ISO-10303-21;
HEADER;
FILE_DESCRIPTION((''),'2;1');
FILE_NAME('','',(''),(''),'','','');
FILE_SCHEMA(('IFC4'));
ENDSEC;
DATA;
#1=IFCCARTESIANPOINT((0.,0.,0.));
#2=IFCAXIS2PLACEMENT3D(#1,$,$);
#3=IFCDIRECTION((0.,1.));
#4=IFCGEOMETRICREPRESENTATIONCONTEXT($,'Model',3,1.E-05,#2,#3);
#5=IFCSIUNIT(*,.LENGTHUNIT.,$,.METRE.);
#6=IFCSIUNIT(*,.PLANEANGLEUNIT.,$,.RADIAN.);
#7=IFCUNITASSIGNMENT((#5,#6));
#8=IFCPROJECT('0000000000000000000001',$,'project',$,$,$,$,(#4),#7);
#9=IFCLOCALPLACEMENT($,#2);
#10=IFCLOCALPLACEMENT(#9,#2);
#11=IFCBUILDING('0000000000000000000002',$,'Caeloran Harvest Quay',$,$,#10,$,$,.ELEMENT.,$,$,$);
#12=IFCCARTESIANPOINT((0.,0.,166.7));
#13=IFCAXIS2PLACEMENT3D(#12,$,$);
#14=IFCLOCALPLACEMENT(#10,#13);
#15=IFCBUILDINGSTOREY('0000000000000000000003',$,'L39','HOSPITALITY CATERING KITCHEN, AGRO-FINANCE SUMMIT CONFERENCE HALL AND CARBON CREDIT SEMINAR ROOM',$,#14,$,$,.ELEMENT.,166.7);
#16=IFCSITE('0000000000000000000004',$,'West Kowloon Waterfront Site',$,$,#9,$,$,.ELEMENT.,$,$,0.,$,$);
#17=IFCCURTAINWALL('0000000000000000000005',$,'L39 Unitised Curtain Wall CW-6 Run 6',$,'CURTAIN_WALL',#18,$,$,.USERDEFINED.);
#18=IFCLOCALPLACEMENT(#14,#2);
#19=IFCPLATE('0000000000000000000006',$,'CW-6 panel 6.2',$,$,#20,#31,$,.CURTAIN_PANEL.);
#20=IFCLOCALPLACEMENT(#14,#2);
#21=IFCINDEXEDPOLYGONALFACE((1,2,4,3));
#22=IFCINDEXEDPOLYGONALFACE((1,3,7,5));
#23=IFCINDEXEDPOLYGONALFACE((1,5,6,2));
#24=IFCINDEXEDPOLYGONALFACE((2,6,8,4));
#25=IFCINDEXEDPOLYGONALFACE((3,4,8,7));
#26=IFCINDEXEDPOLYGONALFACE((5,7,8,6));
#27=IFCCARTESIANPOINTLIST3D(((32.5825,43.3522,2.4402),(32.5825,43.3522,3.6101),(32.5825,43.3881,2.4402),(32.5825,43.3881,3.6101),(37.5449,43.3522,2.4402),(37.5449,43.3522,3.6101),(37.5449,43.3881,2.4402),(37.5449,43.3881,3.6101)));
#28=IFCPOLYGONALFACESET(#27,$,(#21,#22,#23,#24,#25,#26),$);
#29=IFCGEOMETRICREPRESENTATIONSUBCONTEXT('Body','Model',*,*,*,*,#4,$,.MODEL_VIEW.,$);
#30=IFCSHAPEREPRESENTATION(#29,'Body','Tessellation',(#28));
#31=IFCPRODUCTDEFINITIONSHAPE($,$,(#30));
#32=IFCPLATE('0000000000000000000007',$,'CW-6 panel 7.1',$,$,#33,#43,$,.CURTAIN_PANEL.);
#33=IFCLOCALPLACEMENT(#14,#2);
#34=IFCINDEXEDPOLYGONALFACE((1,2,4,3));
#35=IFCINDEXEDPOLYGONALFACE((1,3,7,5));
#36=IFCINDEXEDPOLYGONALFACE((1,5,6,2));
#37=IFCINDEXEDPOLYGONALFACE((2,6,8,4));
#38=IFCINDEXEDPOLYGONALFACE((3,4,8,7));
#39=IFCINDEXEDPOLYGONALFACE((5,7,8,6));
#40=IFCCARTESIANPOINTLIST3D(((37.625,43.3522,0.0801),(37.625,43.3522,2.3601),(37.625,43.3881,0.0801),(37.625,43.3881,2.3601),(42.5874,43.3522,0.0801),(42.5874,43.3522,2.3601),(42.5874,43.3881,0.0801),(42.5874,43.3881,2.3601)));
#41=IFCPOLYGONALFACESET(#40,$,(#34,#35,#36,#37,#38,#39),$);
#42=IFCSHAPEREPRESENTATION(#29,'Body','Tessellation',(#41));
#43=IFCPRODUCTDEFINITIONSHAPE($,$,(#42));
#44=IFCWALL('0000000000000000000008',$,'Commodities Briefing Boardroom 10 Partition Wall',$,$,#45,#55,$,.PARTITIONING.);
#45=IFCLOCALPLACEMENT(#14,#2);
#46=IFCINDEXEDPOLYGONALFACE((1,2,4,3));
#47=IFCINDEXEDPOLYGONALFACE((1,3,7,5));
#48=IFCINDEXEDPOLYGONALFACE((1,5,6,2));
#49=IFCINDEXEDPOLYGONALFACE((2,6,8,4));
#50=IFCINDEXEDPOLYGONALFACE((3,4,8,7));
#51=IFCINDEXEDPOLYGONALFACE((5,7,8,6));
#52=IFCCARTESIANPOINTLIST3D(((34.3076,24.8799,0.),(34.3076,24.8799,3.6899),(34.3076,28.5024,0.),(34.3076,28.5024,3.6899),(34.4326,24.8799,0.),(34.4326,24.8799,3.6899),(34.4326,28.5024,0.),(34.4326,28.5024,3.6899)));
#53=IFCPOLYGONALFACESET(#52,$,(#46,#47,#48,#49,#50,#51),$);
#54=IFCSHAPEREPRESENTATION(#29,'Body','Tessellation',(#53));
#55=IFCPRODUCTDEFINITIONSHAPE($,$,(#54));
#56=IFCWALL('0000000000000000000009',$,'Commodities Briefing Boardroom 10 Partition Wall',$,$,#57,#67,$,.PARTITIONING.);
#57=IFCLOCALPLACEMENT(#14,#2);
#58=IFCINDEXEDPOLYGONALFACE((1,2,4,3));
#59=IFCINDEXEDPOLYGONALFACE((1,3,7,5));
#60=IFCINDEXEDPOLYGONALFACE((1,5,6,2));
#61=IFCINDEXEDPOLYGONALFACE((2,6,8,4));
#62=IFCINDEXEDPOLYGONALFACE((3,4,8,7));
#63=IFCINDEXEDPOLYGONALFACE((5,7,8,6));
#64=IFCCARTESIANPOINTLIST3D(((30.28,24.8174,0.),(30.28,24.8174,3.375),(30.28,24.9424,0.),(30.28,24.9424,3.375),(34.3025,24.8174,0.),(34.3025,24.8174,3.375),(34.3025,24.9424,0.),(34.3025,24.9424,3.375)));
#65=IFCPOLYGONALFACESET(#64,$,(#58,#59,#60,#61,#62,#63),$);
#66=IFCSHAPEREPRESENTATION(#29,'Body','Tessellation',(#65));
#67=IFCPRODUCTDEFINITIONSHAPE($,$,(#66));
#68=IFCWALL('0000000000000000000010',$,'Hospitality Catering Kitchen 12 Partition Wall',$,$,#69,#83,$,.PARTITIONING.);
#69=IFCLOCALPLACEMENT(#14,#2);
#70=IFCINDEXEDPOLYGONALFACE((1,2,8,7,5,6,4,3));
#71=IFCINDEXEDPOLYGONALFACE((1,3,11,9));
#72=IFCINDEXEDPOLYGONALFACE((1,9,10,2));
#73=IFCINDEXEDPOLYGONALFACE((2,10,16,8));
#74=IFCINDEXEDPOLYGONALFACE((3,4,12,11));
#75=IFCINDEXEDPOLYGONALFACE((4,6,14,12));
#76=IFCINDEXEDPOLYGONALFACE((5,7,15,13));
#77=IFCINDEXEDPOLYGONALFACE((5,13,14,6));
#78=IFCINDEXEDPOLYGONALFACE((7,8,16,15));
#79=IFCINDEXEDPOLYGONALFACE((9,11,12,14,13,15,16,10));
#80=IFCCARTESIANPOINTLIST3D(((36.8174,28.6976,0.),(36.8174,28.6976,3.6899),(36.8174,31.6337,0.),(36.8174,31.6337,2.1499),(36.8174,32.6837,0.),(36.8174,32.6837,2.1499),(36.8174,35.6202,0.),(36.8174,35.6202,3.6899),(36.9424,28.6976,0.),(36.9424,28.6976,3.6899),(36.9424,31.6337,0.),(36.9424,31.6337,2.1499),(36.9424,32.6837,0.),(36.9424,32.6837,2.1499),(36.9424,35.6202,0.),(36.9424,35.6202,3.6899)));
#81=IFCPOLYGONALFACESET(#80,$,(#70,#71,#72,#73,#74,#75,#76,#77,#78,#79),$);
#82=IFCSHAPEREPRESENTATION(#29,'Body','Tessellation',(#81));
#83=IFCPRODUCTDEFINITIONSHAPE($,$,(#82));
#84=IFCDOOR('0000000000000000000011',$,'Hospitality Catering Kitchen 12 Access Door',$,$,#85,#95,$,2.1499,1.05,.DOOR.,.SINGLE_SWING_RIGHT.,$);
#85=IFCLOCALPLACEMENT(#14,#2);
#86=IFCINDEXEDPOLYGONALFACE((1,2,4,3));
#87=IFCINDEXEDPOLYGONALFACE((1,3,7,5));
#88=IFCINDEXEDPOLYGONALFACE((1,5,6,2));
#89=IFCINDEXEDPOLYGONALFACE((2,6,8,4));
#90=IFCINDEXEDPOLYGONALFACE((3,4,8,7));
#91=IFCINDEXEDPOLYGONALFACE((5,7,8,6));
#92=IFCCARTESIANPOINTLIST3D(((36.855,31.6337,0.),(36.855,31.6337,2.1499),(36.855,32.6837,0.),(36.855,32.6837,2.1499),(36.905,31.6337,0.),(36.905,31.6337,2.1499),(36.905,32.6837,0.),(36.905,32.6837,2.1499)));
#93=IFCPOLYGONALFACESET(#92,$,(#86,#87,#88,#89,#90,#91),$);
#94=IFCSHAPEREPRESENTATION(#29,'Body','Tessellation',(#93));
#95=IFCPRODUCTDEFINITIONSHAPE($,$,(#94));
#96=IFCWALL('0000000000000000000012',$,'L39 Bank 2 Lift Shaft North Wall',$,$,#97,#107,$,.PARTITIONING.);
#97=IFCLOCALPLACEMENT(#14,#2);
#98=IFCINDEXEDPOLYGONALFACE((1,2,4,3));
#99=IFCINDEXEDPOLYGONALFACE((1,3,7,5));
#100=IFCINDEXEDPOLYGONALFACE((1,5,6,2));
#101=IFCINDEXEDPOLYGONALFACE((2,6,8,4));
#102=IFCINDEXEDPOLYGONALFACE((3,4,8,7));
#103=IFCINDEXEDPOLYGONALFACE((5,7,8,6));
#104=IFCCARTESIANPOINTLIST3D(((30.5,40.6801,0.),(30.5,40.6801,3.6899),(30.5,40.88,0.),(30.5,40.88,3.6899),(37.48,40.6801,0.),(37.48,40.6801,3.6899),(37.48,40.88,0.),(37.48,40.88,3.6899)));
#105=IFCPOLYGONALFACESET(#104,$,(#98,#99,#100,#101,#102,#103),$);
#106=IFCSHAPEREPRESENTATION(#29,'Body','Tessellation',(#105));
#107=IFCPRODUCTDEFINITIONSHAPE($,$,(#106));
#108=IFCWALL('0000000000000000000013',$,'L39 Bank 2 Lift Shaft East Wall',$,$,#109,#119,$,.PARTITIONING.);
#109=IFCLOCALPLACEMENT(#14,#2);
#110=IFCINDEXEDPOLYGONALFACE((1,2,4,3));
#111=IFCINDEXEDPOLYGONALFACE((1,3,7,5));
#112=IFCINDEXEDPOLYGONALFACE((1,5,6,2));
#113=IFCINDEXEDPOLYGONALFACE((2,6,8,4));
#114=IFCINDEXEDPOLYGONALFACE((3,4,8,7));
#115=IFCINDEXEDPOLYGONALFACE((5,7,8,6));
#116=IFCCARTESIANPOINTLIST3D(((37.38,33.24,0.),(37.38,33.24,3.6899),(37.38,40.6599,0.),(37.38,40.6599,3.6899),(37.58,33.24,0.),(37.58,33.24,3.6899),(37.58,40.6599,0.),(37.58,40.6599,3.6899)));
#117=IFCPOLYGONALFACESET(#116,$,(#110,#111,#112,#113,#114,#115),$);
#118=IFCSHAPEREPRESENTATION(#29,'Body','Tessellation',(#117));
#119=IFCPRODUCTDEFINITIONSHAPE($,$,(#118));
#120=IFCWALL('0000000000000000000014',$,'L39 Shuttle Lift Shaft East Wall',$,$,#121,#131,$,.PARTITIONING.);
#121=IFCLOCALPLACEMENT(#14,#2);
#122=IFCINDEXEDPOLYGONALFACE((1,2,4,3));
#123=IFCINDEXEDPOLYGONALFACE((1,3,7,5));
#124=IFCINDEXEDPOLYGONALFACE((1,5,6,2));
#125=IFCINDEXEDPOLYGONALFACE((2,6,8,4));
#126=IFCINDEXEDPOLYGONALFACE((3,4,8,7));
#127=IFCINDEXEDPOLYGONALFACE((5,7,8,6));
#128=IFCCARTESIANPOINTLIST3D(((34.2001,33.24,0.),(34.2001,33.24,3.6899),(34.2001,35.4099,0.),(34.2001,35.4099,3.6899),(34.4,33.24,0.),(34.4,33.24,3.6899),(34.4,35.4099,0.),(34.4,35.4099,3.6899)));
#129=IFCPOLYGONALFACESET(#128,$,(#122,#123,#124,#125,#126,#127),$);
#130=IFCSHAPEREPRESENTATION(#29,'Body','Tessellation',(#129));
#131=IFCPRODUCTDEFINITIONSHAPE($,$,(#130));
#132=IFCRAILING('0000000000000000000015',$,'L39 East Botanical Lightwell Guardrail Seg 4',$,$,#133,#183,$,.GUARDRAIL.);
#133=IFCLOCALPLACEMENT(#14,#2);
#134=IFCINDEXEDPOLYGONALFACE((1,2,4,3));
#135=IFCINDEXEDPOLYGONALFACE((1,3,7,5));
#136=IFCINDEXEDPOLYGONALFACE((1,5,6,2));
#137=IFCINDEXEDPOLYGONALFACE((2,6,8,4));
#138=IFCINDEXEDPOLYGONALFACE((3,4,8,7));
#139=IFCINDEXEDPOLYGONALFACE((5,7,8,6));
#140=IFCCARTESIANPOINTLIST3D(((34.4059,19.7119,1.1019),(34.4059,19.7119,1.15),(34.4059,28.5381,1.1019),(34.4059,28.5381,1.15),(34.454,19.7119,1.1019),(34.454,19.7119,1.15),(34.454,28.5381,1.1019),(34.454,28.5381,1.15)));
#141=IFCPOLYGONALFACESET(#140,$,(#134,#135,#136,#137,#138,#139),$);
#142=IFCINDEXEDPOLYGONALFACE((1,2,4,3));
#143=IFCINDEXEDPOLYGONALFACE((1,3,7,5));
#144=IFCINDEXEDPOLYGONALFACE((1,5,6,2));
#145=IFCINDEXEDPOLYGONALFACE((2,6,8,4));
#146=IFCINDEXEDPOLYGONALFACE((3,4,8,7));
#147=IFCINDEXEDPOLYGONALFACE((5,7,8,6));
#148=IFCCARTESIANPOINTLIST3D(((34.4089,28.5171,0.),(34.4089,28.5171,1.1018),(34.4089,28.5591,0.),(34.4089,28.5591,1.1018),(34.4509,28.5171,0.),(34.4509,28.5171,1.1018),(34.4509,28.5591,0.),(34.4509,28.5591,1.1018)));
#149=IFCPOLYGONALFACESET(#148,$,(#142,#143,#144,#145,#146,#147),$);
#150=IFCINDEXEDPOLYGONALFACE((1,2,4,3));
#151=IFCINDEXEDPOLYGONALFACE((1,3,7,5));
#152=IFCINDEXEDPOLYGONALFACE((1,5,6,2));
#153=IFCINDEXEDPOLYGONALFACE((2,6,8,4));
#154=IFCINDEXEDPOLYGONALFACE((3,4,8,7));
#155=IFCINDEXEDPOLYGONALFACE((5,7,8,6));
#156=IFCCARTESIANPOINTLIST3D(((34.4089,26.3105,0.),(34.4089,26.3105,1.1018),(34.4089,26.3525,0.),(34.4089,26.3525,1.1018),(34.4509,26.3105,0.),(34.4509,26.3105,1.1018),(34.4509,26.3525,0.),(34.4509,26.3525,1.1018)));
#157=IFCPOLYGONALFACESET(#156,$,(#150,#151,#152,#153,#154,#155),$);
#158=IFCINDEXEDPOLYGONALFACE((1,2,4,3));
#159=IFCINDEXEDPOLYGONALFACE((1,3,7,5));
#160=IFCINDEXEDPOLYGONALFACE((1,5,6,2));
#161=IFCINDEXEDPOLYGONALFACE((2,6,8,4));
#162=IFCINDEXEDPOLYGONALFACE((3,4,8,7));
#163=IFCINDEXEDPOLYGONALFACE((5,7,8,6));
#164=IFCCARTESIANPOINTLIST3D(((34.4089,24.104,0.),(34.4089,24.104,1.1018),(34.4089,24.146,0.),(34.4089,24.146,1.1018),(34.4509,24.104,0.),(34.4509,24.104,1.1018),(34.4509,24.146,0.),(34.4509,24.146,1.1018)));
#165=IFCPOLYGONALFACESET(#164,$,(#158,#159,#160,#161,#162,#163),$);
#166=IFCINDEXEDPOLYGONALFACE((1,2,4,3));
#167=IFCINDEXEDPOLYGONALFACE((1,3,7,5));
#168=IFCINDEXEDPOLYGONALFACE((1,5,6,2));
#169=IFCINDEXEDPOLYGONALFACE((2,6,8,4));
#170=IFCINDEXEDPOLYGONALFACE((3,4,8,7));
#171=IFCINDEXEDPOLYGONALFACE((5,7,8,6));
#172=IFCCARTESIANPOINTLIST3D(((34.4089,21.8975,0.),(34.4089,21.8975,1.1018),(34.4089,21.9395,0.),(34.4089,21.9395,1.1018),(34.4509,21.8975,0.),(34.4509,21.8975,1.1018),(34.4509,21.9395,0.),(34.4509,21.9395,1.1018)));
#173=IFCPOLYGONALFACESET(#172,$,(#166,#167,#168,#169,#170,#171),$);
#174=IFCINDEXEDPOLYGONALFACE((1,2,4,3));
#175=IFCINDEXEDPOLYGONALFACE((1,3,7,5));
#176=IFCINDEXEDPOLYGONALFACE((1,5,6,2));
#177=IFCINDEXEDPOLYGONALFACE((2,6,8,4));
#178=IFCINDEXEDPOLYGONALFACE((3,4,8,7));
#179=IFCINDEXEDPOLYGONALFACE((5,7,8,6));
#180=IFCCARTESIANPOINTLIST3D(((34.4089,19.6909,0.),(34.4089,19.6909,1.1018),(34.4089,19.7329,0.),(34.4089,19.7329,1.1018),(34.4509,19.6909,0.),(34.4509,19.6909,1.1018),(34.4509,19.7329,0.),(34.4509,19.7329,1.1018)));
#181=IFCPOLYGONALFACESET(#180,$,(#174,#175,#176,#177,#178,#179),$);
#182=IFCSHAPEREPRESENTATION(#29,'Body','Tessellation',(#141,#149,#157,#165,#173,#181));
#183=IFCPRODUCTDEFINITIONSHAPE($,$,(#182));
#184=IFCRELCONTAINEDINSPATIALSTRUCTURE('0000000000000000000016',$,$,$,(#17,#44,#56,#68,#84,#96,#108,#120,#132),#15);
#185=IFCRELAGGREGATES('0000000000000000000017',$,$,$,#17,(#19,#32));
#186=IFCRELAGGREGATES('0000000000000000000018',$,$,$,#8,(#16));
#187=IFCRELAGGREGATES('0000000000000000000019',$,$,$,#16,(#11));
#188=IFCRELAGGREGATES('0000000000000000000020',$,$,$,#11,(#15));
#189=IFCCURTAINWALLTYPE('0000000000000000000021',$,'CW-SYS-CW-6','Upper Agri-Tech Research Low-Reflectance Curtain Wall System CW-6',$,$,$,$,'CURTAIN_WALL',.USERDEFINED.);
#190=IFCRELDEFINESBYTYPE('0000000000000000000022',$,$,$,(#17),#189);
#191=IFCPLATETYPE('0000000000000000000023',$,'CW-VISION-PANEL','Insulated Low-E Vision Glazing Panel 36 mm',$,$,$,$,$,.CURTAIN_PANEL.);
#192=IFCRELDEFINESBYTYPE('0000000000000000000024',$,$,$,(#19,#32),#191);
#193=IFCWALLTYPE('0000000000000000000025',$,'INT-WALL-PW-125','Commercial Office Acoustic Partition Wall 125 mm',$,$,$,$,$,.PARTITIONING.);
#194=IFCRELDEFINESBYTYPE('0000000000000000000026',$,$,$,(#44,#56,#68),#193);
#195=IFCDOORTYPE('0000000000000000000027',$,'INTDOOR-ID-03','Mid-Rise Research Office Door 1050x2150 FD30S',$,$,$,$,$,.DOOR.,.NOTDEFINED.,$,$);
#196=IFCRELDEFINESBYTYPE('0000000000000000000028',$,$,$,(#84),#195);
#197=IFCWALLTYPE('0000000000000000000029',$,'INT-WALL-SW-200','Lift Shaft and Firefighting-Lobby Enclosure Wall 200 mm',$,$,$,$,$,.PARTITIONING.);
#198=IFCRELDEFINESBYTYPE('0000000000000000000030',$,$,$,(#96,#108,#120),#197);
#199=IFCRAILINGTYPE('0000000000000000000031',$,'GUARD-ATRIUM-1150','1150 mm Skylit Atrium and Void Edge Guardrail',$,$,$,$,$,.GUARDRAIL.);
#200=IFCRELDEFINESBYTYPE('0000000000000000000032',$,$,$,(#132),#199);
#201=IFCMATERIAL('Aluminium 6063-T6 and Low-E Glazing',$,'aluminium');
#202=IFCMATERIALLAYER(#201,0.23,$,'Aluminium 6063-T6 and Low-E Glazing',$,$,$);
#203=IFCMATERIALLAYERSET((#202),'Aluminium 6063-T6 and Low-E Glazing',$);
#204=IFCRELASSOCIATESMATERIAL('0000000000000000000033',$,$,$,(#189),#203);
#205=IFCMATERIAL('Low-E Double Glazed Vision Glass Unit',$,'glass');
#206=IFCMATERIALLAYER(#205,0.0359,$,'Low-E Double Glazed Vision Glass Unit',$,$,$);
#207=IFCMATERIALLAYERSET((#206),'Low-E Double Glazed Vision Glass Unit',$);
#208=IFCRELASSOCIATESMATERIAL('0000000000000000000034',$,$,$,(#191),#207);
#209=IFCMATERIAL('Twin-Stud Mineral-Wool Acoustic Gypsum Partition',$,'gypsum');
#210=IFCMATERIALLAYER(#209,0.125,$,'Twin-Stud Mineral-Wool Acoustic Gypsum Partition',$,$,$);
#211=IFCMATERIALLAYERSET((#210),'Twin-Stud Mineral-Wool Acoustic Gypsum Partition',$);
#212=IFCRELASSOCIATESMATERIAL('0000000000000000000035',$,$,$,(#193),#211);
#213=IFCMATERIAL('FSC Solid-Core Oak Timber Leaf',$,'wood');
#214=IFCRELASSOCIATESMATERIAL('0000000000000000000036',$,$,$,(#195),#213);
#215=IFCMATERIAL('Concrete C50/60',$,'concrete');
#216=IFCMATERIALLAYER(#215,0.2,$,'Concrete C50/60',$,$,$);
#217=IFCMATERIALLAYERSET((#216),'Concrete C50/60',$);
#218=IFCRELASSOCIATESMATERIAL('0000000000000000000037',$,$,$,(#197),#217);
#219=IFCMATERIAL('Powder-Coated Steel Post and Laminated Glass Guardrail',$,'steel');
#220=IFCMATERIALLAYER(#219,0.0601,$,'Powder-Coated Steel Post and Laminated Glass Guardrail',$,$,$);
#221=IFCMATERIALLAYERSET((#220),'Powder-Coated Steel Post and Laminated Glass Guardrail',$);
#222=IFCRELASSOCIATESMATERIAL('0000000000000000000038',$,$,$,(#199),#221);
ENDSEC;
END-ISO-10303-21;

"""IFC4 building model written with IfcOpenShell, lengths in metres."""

from ifc_helpers import new_model, si_unit, direction, frame, frame_2d, origin, origin_2d, place, context, subcontext, project, spatial, rectangle, extrude, material, layer, layer_set, type_object, element, fill, aggregate, save


model = new_model("IFC4")

# Units and contexts
model_context = context("Model", 3, precision=1e-05, world=origin(), true_north=direction((0.0, 1.0)))
body_context = subcontext(model_context, "Body", "Model", "MODEL_VIEW")
ifc_project = project(units=[si_unit("LENGTHUNIT", "METRE"), si_unit("PLANEANGLEUNIT", "RADIAN")], contexts=[model_context])

# Site, building, storey
site_placement = place(None, origin())
site = spatial("IfcSite", under=ifc_project, at=site_placement, Name="West Kowloon Waterfront Site", CompositionType="ELEMENT", RefElevation=0.0)
building_placement = place(site_placement, origin())
building = spatial("IfcBuilding", under=site, at=building_placement, Name="Caeloran Harvest Quay", CompositionType="ELEMENT")
storey_placement = place(building_placement, frame((0.0, 0.0, 166.7)))
storey = spatial("IfcBuildingStorey", under=building, at=storey_placement, Name="L39", Description="HOSPITALITY CATERING KITCHEN, AGRO-FINANCE SUMMIT CONFERENCE HALL AND CARBON CREDIT SEMINAR ROOM", CompositionType="ELEMENT", Elevation=166.7)

# Curtain wall, plates
ifc_material_1 = material(Name="Aluminium 6063-T6 and Low-E Glazing", Category="aluminium")
ifc_layer_1 = layer(ifc_material_1, 0.23, Name="Aluminium 6063-T6 and Low-E Glazing")
ifc_layer_set_1 = layer_set([ifc_layer_1], Name="Aluminium 6063-T6 and Low-E Glazing")
curtain_wall_type = type_object("IfcCurtainWallType", Name="CW-SYS-CW-6", Description="Upper Agri-Tech Research Low-Reflectance Curtain Wall System CW-6", ElementType="CURTAIN_WALL", PredefinedType="USERDEFINED", material=ifc_layer_set_1)
curtain_wall_placement = place(storey_placement, origin())
curtain_wall = element("IfcCurtainWall", 1, at=curtain_wall_placement, inside=storey, type_object=curtain_wall_type, Name="L39 Unitised Curtain Wall CW-6 Run 6", ObjectType="CURTAIN_WALL", PredefinedType="USERDEFINED")
ifc_material_2 = material(Name="Low-E Double Glazed Vision Glass Unit", Category="glass")
ifc_layer_2 = layer(ifc_material_2, 0.0359, Name="Low-E Double Glazed Vision Glass Unit")
ifc_layer_set_2 = layer_set([ifc_layer_2], Name="Low-E Double Glazed Vision Glass Unit")
plate_type = type_object("IfcPlateType", Name="CW-VISION-PANEL", Description="Insulated Low-E Vision Glazing Panel 36 mm", PredefinedType="CURTAIN_PANEL", material=ifc_layer_set_2)
plate_1_placement = place(storey_placement, frame((35.0637, 43.3701, 2.4402), z_axis=(0.0, 0.0, 1.0), x_axis=(1.0, 0.0, 0.0)))
plate_1 = element("IfcPlate", 2, at=plate_1_placement, type_object=plate_type, Name="CW-6 panel 6.2", PredefinedType="CURTAIN_PANEL", context=body_context, shape_type="SweptSolid", body=[
    extrude(rectangle(XDim=4.9624, YDim=0.0359, at=origin_2d()), origin(), (0.0, 0.0, 1.0), 1.1699),
])
plate_2_placement = place(storey_placement, frame((40.1062, 43.3701, 0.0801), z_axis=(0.0, 0.0, 1.0), x_axis=(1.0, 0.0, 0.0)))
plate_2 = element("IfcPlate", 3, at=plate_2_placement, type_object=plate_type, Name="CW-6 panel 7.1", PredefinedType="CURTAIN_PANEL", context=body_context, shape_type="SweptSolid", body=[
    extrude(rectangle(XDim=4.9624, YDim=0.0359, at=origin_2d()), origin(), (0.0, 0.0, 1.0), 2.28),
])
aggregate(curtain_wall, [plate_1, plate_2])

# Walls
ifc_material_3 = material(Name="Twin-Stud Mineral-Wool Acoustic Gypsum Partition", Category="gypsum")
ifc_layer_3 = layer(ifc_material_3, 0.125, Name="Twin-Stud Mineral-Wool Acoustic Gypsum Partition")
ifc_layer_set_3 = layer_set([ifc_layer_3], Name="Twin-Stud Mineral-Wool Acoustic Gypsum Partition")
wall_type_1 = type_object("IfcWallType", Name="INT-WALL-PW-125", Description="Commercial Office Acoustic Partition Wall 125 mm", PredefinedType="PARTITIONING", material=ifc_layer_set_3)
wall_1_placement = place(storey_placement, frame((34.3701, 28.5024, 0.0), z_axis=(0.0, 0.0, 1.0), x_axis=(0.0, -1.0, 0.0)))
element("IfcWall", 4, at=wall_1_placement, inside=storey, type_object=wall_type_1, Name="Commodities Briefing Boardroom 10 Partition Wall", PredefinedType="PARTITIONING", context=body_context, shape_type="SweptSolid", body=[
    extrude(rectangle(XDim=3.6226, YDim=0.125, at=frame_2d((1.8113, 0.0))), origin(), (0.0, 0.0, 1.0), 3.6899),
])
wall_2_placement = place(storey_placement, frame((34.3025, 24.8799, 0.0), z_axis=(0.0, 0.0, 1.0), x_axis=(-1.0, 0.0, 0.0)))
element("IfcWall", 5, at=wall_2_placement, inside=storey, type_object=wall_type_1, Name="Commodities Briefing Boardroom 10 Partition Wall", PredefinedType="PARTITIONING", context=body_context, shape_type="SweptSolid", body=[
    extrude(rectangle(XDim=4.0225, YDim=0.125, at=frame_2d((2.0112, 0.0))), origin(), (0.0, 0.0, 1.0), 3.375),
])

# Wall, opening, door
wall_3_placement = place(storey_placement, frame((36.8799, 28.6975, 0.0), z_axis=(0.0, 0.0, 1.0), x_axis=(0.0, 1.0, 0.0)))
wall_3 = element("IfcWall", 6, at=wall_3_placement, inside=storey, type_object=wall_type_1, Name="Hospitality Catering Kitchen 12 Partition Wall", PredefinedType="PARTITIONING", context=body_context, shape_type="SweptSolid", body=[
    extrude(rectangle(XDim=6.9226, YDim=0.125, at=frame_2d((3.4614, 0.0))), origin(), (0.0, 0.0, 1.0), 3.6899),
])
opening_placement = place(wall_3_placement, frame((2.9363, 0.0, 0.0)))
opening = element("IfcOpeningElement", 7, at=opening_placement, cuts=wall_3, PredefinedType="OPENING", context=body_context, shape_type="SweptSolid", body=[
    extrude(rectangle(XDim=1.05, YDim=2.1499, at=frame_2d((0.5249, 1.075))), frame((0.0, 0.0725, 0.0), z_axis=(0.0, -1.0, 0.0), x_axis=(1.0, 0.0, 0.0)), (0.0, 0.0, 1.0), 0.145),
])
ifc_material_4 = material(Name="FSC Solid-Core Oak Timber Leaf", Category="wood")
door_type = type_object("IfcDoorType", Name="INTDOOR-ID-03", Description="Mid-Rise Research Office Door 1050x2150 FD30S", OperationType="NOTDEFINED", PredefinedType="DOOR", material=ifc_material_4)
door_placement = place(opening_placement, origin())
door = element("IfcDoor", 8, at=door_placement, inside=storey, type_object=door_type, Name="Hospitality Catering Kitchen 12 Access Door", OperationType="SINGLE_SWING_RIGHT", OverallHeight=2.1499, OverallWidth=1.05, PredefinedType="DOOR", context=body_context, shape_type="SweptSolid", body=[
    extrude(rectangle(XDim=1.05, YDim=2.1499, at=frame_2d((0.5249, 1.075))), frame((0.0, 0.0249, 0.0), z_axis=(0.0, -1.0, 0.0), x_axis=(1.0, 0.0, 0.0)), (0.0, 0.0, 1.0), 0.05),
])
fill(opening, door)

# Walls
ifc_material_5 = material(Name="Concrete C50/60", Category="concrete")
ifc_layer_4 = layer(ifc_material_5, 0.2, Name="Concrete C50/60")
ifc_layer_set_4 = layer_set([ifc_layer_4], Name="Concrete C50/60")
wall_type_2 = type_object("IfcWallType", Name="INT-WALL-SW-200", Description="Lift Shaft and Firefighting-Lobby Enclosure Wall 200 mm", PredefinedType="PARTITIONING", material=ifc_layer_set_4)
wall_4_placement = place(storey_placement, frame((30.5, 40.78, 0.0), z_axis=(0.0, 0.0, 1.0), x_axis=(1.0, 0.0, 0.0)))
element("IfcWall", 9, at=wall_4_placement, inside=storey, type_object=wall_type_2, Name="L39 Bank 2 Lift Shaft North Wall", PredefinedType="PARTITIONING", context=body_context, shape_type="SweptSolid", body=[
    extrude(rectangle(XDim=6.98, YDim=0.2, at=frame_2d((3.49, 0.0))), origin(), (0.0, 0.0, 1.0), 3.6899),
])
wall_5_placement = place(storey_placement, frame((37.48, 33.24, 0.0), z_axis=(0.0, 0.0, 1.0), x_axis=(0.0, 1.0, 0.0)))
element("IfcWall", 10, at=wall_5_placement, inside=storey, type_object=wall_type_2, Name="L39 Bank 2 Lift Shaft East Wall", PredefinedType="PARTITIONING", context=body_context, shape_type="SweptSolid", body=[
    extrude(rectangle(XDim=7.4199, YDim=0.2, at=frame_2d((3.71, 0.0))), origin(), (0.0, 0.0, 1.0), 3.6899),
])
wall_6_placement = place(storey_placement, frame((34.3, 33.24, 0.0), z_axis=(0.0, 0.0, 1.0), x_axis=(0.0, 1.0, 0.0)))
element("IfcWall", 11, at=wall_6_placement, inside=storey, type_object=wall_type_2, Name="L39 Shuttle Lift Shaft East Wall", PredefinedType="PARTITIONING", context=body_context, shape_type="SweptSolid", body=[
    extrude(rectangle(XDim=2.1699, YDim=0.2, at=frame_2d((1.085, 0.0))), origin(), (0.0, 0.0, 1.0), 3.6899),
])

# Railing
ifc_material_6 = material(Name="Powder-Coated Steel Post and Laminated Glass Guardrail", Category="steel")
ifc_layer_5 = layer(ifc_material_6, 0.0601, Name="Powder-Coated Steel Post and Laminated Glass Guardrail")
ifc_layer_set_5 = layer_set([ifc_layer_5], Name="Powder-Coated Steel Post and Laminated Glass Guardrail")
railing_type = type_object("IfcRailingType", Name="GUARD-ATRIUM-1150", Description="1150 mm Skylit Atrium and Void Edge Guardrail", PredefinedType="GUARDRAIL", material=ifc_layer_set_5)
railing_placement = place(storey_placement, frame((34.4299, 28.5381, 0.0)))
element("IfcRailing", 12, at=railing_placement, inside=storey, type_object=railing_type, Name="L39 East Botanical Lightwell Guardrail Seg 4", PredefinedType="GUARDRAIL", context=body_context, shape_type="SweptSolid", body=[
    extrude(rectangle(XDim=0.0481, YDim=0.0481, at=origin_2d()), frame((0.0, 0.0, 1.126), z_axis=(0.0, -1.0, 0.0), x_axis=(1.0, 0.0, 0.0)), (0.0, 0.0, 1.0), 8.8262),
    extrude(rectangle(XDim=0.042, YDim=0.042, at=origin_2d()), origin(), (0.0, 0.0, 1.0), 1.1018),
    extrude(rectangle(XDim=0.042, YDim=0.042, at=origin_2d()), frame((0.0, -2.2065, 0.0)), (0.0, 0.0, 1.0), 1.1018),
    extrude(rectangle(XDim=0.042, YDim=0.042, at=origin_2d()), frame((0.0, -4.4131, 0.0)), (0.0, 0.0, 1.0), 1.1018),
    extrude(rectangle(XDim=0.042, YDim=0.042, at=origin_2d()), frame((0.0, -6.6196, 0.0)), (0.0, 0.0, 1.0), 1.1018),
    extrude(rectangle(XDim=0.042, YDim=0.042, at=origin_2d()), frame((0.0, -8.8262, 0.0)), (0.0, 0.0, 1.0), 1.1018),
])

save(model, "model.ifc")
